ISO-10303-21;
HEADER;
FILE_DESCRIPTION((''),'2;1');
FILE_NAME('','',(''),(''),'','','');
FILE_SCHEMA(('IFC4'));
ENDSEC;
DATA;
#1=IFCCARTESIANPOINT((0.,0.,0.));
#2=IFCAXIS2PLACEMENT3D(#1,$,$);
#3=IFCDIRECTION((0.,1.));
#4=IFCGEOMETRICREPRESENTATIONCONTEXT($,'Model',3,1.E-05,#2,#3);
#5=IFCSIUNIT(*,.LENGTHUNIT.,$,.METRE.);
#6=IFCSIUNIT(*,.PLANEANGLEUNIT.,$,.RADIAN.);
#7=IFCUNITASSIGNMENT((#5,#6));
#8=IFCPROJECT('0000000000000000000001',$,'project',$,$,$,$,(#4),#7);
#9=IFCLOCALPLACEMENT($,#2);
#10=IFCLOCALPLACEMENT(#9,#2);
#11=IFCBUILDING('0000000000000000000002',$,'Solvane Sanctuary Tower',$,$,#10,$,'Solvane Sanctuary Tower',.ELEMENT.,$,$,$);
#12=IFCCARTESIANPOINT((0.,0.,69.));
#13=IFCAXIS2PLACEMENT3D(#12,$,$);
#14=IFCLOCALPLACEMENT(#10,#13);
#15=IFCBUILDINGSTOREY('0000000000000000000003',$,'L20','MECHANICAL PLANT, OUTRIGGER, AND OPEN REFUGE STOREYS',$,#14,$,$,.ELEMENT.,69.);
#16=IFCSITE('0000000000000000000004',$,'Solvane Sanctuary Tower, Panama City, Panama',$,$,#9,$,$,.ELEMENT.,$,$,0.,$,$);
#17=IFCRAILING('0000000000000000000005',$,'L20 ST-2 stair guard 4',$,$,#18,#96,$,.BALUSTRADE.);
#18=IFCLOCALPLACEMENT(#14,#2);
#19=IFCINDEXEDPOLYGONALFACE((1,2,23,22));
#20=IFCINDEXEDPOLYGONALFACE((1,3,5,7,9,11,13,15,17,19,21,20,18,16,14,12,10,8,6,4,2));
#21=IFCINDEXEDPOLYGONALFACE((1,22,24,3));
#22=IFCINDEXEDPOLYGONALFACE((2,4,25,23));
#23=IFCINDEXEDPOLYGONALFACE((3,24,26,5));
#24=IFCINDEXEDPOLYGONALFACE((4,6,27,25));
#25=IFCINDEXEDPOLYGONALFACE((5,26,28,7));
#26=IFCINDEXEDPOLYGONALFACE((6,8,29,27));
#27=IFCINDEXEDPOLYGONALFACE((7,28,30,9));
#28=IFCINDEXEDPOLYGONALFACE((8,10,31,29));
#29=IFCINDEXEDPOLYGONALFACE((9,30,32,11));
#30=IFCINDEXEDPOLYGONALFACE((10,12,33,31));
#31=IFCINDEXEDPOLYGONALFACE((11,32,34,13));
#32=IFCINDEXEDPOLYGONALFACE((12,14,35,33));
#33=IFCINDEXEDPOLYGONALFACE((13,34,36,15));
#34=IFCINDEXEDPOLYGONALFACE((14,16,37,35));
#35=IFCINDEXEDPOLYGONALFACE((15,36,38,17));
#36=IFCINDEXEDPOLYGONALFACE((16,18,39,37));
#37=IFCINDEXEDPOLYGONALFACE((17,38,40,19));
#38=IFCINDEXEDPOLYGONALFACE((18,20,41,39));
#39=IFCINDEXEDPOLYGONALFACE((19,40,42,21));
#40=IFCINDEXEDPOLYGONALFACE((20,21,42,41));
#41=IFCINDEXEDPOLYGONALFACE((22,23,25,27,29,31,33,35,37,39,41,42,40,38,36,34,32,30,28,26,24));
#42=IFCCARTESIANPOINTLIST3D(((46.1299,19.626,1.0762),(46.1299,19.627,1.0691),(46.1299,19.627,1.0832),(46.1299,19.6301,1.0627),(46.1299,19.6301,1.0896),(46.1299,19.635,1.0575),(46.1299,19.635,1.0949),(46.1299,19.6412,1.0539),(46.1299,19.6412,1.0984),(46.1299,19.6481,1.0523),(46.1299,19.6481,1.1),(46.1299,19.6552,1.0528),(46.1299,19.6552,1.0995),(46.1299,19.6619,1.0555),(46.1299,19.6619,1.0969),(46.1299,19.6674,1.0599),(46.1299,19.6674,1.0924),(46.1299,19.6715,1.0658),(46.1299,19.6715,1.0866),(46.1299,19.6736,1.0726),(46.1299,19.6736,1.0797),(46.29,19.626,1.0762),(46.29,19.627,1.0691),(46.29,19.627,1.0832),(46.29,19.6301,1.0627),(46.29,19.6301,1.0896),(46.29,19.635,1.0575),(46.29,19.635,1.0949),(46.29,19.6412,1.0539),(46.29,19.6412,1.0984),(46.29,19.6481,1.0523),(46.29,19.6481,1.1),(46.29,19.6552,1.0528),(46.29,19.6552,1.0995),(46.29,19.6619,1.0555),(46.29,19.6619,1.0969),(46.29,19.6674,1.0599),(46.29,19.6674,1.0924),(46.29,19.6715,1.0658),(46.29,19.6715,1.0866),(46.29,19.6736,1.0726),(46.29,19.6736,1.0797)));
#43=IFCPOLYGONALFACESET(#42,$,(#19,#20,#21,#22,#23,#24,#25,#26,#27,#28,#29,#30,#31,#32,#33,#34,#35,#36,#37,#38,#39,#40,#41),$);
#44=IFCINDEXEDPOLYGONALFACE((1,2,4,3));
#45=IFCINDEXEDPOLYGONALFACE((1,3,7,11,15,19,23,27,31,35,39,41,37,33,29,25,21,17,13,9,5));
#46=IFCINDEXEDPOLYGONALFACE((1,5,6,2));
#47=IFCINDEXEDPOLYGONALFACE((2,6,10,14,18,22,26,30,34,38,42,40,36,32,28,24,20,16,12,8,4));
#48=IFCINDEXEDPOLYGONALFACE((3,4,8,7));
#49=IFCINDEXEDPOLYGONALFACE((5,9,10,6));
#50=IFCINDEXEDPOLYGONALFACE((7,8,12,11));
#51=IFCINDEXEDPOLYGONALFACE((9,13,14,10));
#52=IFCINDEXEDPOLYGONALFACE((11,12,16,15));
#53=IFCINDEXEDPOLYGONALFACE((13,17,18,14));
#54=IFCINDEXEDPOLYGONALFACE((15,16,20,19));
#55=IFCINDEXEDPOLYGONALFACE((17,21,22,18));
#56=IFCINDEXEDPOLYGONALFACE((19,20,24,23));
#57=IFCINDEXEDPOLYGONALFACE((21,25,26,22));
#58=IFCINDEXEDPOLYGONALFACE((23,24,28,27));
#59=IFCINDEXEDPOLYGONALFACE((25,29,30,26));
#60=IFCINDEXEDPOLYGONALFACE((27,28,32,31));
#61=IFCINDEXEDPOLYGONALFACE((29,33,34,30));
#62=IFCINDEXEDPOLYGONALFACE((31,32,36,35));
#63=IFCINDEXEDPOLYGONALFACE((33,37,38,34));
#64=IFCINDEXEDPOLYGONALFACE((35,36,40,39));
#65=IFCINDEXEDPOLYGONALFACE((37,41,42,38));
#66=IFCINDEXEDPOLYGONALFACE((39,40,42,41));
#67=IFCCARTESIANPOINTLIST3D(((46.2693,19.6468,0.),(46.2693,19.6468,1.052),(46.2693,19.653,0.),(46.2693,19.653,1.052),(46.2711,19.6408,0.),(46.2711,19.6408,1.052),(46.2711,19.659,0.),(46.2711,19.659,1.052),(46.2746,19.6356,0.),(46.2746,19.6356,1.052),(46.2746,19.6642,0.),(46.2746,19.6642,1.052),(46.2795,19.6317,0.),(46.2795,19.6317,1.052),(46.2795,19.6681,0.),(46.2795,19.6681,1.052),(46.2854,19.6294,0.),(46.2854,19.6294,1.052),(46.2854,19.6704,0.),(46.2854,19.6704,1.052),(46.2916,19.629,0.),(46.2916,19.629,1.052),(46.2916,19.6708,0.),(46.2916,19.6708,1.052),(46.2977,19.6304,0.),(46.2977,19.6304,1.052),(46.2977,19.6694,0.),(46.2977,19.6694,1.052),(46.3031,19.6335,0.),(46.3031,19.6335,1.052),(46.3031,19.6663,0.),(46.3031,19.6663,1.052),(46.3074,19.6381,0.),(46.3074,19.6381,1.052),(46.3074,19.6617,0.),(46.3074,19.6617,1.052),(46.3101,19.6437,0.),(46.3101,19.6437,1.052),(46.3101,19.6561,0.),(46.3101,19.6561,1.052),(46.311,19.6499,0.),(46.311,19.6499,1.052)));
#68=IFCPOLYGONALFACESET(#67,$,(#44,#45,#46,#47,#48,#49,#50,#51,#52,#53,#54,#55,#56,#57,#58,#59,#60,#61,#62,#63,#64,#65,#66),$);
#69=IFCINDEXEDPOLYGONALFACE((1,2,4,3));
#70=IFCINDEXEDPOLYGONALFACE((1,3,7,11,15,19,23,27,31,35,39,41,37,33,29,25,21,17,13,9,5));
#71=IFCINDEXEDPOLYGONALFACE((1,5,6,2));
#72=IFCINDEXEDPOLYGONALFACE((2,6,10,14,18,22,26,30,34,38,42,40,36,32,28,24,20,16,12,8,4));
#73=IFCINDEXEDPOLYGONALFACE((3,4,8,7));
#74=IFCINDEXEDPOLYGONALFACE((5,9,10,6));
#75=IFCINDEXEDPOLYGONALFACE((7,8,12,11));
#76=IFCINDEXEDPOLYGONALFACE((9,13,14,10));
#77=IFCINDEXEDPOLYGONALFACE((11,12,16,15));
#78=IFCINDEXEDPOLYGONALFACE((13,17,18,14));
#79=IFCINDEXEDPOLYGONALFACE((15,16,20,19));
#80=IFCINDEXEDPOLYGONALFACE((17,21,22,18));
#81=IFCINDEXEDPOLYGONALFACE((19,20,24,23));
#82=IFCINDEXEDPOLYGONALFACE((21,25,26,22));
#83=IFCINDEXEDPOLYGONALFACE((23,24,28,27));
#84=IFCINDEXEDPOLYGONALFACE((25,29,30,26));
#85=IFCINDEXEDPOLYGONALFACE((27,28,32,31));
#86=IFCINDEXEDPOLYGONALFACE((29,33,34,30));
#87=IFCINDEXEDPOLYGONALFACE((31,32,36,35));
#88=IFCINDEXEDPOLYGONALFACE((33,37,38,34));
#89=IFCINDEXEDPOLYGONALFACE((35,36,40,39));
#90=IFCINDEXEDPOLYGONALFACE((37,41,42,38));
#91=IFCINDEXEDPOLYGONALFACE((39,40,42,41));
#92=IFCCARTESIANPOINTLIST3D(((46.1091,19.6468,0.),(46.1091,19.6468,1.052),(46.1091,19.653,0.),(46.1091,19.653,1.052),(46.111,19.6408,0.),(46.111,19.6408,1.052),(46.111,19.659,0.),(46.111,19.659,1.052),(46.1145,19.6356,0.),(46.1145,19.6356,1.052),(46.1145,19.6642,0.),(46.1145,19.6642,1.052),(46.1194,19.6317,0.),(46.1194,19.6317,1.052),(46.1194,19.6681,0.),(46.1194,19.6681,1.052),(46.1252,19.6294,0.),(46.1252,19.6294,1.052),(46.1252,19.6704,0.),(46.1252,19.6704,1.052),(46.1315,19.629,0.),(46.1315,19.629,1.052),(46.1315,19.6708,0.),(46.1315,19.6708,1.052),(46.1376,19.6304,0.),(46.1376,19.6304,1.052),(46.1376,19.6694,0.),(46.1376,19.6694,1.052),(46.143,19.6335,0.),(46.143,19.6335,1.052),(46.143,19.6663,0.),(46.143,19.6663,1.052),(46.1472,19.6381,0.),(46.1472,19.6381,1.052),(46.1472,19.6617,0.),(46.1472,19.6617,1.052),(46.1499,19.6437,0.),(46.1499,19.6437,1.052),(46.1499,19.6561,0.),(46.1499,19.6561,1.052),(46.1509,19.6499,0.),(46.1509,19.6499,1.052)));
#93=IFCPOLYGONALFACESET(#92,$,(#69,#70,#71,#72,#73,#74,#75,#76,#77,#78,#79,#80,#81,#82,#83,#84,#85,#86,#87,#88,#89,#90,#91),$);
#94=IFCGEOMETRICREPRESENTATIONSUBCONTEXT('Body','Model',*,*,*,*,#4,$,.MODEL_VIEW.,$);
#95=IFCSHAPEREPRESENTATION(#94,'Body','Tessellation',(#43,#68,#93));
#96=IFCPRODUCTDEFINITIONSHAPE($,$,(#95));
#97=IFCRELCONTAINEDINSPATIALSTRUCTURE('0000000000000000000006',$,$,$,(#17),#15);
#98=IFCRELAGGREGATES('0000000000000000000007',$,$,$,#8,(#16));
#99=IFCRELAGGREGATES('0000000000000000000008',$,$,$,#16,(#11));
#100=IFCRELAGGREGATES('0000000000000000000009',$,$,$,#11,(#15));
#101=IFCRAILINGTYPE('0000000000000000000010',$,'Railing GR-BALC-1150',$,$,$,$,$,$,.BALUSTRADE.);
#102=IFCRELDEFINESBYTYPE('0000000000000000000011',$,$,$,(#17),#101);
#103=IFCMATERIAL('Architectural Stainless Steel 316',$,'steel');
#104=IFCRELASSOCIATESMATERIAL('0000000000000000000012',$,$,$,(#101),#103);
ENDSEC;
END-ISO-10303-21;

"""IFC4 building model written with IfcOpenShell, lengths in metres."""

from ifc_helpers import new_model, si_unit, direction, frame, origin, origin_2d, place, context, subcontext, project, spatial, circle, extrude, material, type_object, element, save


model = new_model("IFC4")

# Units and contexts
model_context = context("Model", 3, precision=1e-05, world=origin(), true_north=direction((0.0, 1.0)))
body_context = subcontext(model_context, "Body", "Model", "MODEL_VIEW")
ifc_project = project(units=[si_unit("LENGTHUNIT", "METRE"), si_unit("PLANEANGLEUNIT", "RADIAN")], contexts=[model_context])

# Site, building, storey
site_placement = place(None, origin())
site = spatial("IfcSite", under=ifc_project, at=site_placement, Name="Solvane Sanctuary Tower, Panama City, Panama", CompositionType="ELEMENT", RefElevation=0.0)
building_placement = place(site_placement, origin())
building = spatial("IfcBuilding", under=site, at=building_placement, Name="Solvane Sanctuary Tower", LongName="Solvane Sanctuary Tower", CompositionType="ELEMENT")
storey_placement = place(building_placement, frame((0.0, 0.0, 69.0)))
storey = spatial("IfcBuildingStorey", under=building, at=storey_placement, Name="L20", Description="MECHANICAL PLANT, OUTRIGGER, AND OPEN REFUGE STOREYS", CompositionType="ELEMENT", Elevation=69.0)

# Shared definitions
ifc_material_1 = material(Name="Architectural Stainless Steel 316", Category="steel")

# Railing
railing_type_1 = type_object("IfcRailingType", Name="Railing GR-BALC-1150", PredefinedType="BALUSTRADE", material=ifc_material_1)
railing_1_placement = place(storey_placement, frame((46.29, 19.6499, 0.0)))
element("IfcRailing", 1, at=railing_1_placement, inside=storey, type_object=railing_type_1, Name="L20 ST-2 stair guard 4", PredefinedType="BALUSTRADE", context=body_context, shape_type="SweptSolid", body=[
    extrude(circle(Radius=0.0239, at=origin_2d()), frame((0.0, 0.0, 1.0762), z_axis=(-1.0, 0.0, 0.0), x_axis=(0.0, -1.0, 0.0)), (0.0, 0.0, 1.0), 0.1602),
    extrude(circle(Radius=0.021, at=origin_2d()), origin(), (0.0, 0.0, 1.0), 1.052),
    extrude(circle(Radius=0.021, at=origin_2d()), frame((-0.1602, 0.0, 0.0)), (0.0, 0.0, 1.0), 1.052),
])

save(model, "model.ifc")
